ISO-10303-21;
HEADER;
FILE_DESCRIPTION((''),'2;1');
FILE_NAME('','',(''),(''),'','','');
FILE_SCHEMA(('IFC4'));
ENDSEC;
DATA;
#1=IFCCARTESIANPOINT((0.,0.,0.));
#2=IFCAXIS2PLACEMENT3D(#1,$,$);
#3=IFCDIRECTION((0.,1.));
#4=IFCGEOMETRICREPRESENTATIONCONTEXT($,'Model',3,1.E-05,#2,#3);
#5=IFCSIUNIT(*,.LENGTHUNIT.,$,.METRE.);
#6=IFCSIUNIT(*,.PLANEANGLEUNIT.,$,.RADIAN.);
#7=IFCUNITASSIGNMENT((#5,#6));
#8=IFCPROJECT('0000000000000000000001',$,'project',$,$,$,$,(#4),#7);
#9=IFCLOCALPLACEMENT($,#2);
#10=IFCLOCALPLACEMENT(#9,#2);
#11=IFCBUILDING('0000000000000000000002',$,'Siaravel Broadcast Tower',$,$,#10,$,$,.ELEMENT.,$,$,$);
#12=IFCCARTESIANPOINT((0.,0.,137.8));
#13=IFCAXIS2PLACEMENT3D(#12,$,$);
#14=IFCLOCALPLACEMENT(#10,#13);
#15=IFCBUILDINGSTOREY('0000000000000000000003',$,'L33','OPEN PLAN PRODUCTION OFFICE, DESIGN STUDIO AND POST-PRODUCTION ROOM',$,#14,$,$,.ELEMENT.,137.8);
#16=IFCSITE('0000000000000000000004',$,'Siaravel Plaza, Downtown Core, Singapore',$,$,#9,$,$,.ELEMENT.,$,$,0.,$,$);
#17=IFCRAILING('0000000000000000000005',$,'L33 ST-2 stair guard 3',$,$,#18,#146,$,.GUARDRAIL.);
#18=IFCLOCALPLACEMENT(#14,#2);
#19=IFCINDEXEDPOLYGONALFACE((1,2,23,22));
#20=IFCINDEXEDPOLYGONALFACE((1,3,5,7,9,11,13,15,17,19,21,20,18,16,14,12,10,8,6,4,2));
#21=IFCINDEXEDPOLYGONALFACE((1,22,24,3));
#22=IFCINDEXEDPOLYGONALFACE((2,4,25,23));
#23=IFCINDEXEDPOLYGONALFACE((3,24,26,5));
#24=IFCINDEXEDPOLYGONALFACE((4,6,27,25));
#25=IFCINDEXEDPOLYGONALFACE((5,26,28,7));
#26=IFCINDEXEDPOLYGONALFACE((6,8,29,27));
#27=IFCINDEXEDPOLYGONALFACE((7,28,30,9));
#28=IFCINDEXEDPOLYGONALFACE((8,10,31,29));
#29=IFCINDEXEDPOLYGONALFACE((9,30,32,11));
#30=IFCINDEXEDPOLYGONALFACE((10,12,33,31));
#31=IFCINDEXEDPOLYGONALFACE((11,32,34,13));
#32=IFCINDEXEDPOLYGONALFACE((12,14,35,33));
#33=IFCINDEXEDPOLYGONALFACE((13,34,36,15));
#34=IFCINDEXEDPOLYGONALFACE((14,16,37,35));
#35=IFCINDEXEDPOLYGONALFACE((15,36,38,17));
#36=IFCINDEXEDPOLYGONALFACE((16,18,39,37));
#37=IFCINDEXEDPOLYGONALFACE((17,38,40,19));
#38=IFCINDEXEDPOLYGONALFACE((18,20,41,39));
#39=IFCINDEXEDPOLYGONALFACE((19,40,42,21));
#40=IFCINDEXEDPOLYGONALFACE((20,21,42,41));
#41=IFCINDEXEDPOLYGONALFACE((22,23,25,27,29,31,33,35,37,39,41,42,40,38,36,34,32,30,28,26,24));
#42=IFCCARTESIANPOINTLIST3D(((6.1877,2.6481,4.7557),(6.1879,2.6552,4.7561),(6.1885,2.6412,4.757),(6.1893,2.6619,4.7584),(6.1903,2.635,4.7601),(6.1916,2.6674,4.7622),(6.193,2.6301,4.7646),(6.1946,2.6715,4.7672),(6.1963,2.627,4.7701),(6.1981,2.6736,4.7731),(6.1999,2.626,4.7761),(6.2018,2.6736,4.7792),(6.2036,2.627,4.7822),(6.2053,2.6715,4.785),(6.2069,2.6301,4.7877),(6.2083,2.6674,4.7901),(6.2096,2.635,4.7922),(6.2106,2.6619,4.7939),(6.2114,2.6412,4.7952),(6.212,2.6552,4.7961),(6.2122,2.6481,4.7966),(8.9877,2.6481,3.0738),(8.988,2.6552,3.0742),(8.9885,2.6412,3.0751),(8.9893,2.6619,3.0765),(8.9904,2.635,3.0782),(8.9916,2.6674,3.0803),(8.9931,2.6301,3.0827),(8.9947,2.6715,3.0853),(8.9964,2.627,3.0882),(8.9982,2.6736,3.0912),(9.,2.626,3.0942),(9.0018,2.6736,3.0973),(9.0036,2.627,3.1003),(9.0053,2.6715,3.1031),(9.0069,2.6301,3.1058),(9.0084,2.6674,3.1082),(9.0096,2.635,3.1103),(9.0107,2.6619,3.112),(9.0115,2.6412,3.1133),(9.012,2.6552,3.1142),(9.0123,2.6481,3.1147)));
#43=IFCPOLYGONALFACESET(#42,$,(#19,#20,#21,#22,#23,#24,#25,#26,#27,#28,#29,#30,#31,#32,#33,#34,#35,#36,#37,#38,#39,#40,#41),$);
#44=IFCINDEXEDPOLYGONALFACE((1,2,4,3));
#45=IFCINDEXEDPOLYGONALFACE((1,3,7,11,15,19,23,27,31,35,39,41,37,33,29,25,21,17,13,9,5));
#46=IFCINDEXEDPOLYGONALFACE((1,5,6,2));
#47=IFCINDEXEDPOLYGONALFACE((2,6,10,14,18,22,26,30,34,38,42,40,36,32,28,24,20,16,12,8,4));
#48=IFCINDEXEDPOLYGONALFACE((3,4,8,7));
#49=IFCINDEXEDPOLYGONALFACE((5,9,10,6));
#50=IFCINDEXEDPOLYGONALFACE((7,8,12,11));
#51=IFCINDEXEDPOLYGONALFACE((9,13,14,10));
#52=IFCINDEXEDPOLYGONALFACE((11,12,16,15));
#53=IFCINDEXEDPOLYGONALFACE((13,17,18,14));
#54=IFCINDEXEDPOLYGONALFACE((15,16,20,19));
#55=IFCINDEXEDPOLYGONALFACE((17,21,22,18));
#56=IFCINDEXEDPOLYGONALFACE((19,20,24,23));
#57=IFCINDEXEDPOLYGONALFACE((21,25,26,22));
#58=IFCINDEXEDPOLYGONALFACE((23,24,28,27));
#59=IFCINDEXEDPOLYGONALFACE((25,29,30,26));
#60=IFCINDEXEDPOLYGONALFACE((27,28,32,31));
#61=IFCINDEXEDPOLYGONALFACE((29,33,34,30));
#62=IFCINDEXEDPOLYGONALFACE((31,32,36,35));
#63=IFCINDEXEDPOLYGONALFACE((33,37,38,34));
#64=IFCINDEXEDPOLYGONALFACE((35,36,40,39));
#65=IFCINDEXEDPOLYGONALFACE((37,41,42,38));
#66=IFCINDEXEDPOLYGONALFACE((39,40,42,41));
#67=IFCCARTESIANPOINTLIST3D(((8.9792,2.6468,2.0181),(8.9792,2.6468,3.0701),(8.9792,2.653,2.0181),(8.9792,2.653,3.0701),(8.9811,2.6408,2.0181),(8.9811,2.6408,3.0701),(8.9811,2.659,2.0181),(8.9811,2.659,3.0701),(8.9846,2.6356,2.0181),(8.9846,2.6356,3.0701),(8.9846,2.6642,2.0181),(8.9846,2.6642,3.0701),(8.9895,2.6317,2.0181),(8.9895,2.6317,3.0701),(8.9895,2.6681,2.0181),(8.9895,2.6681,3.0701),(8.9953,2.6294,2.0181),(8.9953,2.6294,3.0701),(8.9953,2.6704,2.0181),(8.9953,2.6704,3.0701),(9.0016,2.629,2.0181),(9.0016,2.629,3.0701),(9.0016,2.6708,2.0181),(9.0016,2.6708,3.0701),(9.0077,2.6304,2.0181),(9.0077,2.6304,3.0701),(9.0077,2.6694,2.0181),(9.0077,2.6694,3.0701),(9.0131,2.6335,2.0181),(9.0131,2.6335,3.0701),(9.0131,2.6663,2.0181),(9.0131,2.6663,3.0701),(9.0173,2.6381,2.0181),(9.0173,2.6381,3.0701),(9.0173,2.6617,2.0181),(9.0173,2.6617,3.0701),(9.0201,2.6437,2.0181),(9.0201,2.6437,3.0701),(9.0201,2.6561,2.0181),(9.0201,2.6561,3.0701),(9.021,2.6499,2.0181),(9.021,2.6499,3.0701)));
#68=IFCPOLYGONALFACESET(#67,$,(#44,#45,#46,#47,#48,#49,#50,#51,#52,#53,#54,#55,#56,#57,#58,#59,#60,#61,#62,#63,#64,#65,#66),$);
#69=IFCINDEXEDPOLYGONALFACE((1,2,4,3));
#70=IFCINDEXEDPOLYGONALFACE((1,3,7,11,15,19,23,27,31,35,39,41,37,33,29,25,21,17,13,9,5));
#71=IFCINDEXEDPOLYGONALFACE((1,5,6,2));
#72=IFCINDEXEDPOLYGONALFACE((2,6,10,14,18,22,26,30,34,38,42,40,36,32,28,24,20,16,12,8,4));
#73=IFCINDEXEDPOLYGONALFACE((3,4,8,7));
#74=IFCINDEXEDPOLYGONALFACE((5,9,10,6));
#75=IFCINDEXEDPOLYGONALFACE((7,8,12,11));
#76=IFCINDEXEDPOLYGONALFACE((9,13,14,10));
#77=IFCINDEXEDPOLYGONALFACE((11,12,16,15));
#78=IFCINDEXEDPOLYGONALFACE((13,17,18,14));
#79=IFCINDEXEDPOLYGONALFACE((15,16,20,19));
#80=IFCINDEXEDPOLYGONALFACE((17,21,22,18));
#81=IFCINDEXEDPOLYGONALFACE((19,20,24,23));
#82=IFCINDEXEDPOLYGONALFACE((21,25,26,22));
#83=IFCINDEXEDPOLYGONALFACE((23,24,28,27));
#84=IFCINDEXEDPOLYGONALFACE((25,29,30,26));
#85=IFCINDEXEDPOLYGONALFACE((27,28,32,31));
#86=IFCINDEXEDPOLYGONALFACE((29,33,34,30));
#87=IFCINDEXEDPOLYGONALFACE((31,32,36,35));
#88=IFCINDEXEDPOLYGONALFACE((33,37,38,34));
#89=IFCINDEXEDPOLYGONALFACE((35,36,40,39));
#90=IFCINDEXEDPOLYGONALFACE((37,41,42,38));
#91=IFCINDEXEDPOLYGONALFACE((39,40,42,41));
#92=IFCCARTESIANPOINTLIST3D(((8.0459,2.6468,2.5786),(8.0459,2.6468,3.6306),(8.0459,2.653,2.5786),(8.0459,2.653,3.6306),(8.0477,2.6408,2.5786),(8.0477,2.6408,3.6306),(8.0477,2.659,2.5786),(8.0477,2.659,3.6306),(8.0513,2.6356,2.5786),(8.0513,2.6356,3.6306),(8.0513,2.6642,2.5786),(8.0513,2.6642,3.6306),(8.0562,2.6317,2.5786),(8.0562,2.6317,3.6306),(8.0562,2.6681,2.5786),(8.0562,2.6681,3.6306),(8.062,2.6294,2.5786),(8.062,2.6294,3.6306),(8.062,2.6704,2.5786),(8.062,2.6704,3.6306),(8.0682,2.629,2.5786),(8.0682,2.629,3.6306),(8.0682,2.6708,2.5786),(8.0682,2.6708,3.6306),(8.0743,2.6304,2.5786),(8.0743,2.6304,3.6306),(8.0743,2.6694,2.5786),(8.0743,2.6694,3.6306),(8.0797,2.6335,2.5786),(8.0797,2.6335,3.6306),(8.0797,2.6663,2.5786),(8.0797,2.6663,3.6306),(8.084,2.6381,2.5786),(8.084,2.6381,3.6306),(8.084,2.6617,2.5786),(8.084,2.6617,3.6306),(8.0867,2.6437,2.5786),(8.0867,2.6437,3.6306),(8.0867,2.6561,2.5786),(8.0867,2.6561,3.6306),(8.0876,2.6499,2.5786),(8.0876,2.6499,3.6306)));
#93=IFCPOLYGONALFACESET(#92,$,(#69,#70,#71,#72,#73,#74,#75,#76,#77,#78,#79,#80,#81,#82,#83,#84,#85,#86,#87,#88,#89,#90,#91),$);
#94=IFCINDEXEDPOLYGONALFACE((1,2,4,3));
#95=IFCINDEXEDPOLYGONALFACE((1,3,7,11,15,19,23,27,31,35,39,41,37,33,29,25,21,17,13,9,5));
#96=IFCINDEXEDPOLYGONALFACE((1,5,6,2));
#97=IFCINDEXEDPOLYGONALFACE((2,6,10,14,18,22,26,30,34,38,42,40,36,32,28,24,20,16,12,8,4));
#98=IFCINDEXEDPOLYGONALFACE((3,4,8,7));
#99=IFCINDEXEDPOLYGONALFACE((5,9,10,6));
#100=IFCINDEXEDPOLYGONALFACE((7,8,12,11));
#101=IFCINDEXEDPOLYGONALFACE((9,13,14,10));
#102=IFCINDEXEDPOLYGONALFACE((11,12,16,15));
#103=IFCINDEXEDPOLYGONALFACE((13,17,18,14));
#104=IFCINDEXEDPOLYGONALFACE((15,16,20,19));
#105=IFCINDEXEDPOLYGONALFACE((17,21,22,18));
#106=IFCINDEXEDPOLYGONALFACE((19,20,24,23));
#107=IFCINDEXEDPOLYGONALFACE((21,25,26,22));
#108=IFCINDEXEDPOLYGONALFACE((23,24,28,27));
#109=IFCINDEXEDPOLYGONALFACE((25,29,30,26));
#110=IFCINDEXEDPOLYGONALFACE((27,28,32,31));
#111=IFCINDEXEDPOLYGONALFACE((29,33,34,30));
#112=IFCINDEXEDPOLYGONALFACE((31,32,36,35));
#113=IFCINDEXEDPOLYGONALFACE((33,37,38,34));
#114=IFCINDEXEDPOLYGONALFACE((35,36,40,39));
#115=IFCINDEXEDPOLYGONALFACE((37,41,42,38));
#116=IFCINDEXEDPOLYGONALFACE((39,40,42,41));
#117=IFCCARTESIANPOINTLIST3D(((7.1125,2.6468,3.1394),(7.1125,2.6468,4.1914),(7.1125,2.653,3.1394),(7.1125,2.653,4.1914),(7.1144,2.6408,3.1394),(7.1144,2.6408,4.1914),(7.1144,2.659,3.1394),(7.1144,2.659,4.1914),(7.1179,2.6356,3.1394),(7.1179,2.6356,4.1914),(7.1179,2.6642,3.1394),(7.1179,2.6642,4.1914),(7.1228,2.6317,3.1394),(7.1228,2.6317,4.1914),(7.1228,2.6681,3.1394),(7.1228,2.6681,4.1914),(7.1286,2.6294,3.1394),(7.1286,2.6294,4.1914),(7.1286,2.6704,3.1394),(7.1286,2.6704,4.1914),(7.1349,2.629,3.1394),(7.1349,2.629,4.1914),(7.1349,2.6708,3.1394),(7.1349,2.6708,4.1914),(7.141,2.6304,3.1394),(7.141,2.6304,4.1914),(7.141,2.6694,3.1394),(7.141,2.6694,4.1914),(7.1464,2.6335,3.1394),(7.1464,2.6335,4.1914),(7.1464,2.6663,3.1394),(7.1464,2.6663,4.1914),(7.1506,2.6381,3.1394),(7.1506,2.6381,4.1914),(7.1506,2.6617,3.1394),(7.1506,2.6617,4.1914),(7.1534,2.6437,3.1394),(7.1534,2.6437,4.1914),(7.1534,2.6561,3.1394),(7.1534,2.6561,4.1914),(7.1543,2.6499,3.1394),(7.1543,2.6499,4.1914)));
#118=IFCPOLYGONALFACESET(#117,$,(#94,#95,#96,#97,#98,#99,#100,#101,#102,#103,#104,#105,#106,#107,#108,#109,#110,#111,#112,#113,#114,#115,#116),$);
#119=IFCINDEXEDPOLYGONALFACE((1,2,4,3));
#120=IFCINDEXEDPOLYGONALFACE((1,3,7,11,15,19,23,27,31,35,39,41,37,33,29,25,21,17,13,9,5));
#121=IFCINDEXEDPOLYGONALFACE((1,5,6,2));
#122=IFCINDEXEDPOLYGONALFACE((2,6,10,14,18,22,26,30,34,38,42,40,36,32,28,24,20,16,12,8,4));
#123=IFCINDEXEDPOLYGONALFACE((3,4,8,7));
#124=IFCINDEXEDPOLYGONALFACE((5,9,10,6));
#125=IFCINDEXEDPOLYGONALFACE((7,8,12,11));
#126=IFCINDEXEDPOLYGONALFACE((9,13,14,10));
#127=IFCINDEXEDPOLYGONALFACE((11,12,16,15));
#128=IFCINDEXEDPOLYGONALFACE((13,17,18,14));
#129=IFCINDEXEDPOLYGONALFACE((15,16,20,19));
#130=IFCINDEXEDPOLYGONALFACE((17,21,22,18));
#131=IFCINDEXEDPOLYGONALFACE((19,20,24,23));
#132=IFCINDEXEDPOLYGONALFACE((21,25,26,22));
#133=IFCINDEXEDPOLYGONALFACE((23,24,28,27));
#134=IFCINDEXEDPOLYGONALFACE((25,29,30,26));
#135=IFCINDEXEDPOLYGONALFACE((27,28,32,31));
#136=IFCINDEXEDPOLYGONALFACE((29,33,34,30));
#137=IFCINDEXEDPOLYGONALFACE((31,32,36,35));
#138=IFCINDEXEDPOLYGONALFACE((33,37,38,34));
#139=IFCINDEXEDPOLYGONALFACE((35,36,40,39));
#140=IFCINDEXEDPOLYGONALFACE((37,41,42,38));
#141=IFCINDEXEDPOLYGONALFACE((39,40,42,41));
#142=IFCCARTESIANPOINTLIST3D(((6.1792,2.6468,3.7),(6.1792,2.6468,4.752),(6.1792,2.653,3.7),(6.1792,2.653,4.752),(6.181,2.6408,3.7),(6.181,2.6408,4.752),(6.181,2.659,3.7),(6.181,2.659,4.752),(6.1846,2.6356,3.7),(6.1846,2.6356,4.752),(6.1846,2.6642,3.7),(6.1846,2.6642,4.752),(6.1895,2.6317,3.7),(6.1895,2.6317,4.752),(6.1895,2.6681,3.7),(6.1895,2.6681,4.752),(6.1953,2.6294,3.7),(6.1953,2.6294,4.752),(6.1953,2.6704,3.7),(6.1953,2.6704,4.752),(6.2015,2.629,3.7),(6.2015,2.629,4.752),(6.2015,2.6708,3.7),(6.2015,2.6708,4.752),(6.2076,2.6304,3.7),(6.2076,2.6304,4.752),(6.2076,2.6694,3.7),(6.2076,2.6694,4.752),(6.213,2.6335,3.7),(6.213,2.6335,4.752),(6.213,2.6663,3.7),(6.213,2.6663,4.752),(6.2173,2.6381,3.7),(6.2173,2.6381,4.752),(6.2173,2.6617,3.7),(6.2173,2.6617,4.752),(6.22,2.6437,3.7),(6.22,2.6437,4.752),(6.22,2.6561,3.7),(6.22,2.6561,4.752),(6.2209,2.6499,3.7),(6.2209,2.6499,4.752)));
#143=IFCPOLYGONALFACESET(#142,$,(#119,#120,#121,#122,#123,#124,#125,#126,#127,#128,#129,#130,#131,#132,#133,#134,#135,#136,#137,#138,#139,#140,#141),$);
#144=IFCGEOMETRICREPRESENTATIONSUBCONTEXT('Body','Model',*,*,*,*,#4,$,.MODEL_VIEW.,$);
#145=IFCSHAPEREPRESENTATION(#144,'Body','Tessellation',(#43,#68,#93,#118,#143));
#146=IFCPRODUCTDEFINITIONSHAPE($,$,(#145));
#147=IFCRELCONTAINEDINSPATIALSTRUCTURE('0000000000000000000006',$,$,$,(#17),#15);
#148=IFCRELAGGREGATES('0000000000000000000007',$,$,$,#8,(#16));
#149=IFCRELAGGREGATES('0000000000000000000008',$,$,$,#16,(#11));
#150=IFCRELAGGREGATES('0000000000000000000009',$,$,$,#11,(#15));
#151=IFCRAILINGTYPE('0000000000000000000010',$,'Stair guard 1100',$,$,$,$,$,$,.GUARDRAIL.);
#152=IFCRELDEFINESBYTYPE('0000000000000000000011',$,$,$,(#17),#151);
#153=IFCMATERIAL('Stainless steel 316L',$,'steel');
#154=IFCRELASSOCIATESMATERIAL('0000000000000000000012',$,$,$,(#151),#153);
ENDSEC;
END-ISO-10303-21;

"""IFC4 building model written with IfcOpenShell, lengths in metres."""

from ifc_helpers import new_model, si_unit, direction, frame, origin, origin_2d, place, context, subcontext, project, spatial, circle, extrude, material, type_object, element, save


model = new_model("IFC4")

# Units and contexts
model_context = context("Model", 3, precision=1e-05, world=origin(), true_north=direction((0.0, 1.0)))
body_context = subcontext(model_context, "Body", "Model", "MODEL_VIEW")
ifc_project = project(units=[si_unit("LENGTHUNIT", "METRE"), si_unit("PLANEANGLEUNIT", "RADIAN")], contexts=[model_context])

# Site, building, storey
site_placement = place(None, origin())
site = spatial("IfcSite", under=ifc_project, at=site_placement, Name="Siaravel Plaza, Downtown Core, Singapore", CompositionType="ELEMENT", RefElevation=0.0)
building_placement = place(site_placement, origin())
building = spatial("IfcBuilding", under=site, at=building_placement, Name="Siaravel Broadcast Tower", CompositionType="ELEMENT")
storey_placement = place(building_placement, frame((0.0, 0.0, 137.8)))
storey = spatial("IfcBuildingStorey", under=building, at=storey_placement, Name="L33", Description="OPEN PLAN PRODUCTION OFFICE, DESIGN STUDIO AND POST-PRODUCTION ROOM", CompositionType="ELEMENT", Elevation=137.8)

# Railing
ifc_material_1 = material(Name="Stainless steel 316L", Category="steel")
railing_type_1 = type_object("IfcRailingType", Name="Stair guard 1100", PredefinedType="GUARDRAIL", material=ifc_material_1)
railing_1_placement = place(storey_placement, frame((9.0, 2.6499, 2.0181)))
element("IfcRailing", 1, at=railing_1_placement, inside=storey, type_object=railing_type_1, Name="L33 ST-2 stair guard 3", PredefinedType="GUARDRAIL", context=body_context, shape_type="SweptSolid", body=[
    extrude(circle(Radius=0.0239, at=origin_2d()), frame((0.0, 0.0, 1.0762), z_axis=(-0.857242, 0.0, 0.514913), x_axis=(0.0, -1.0, 0.0)), (0.0, 0.0, 1.0), 3.2664),
    extrude(circle(Radius=0.021, at=origin_2d()), origin(), (0.0, 0.0, 1.0), 1.052),
    extrude(circle(Radius=0.021, at=origin_2d()), frame((-0.9333, 0.0, 0.5605)), (0.0, 0.0, 1.0), 1.052),
    extrude(circle(Radius=0.021, at=origin_2d()), frame((-1.8667, 0.0, 1.1213)), (0.0, 0.0, 1.0), 1.052),
    extrude(circle(Radius=0.021, at=origin_2d()), frame((-2.8, 0.0, 1.6819)), (0.0, 0.0, 1.0), 1.052),
])

save(model, "model.ifc")
